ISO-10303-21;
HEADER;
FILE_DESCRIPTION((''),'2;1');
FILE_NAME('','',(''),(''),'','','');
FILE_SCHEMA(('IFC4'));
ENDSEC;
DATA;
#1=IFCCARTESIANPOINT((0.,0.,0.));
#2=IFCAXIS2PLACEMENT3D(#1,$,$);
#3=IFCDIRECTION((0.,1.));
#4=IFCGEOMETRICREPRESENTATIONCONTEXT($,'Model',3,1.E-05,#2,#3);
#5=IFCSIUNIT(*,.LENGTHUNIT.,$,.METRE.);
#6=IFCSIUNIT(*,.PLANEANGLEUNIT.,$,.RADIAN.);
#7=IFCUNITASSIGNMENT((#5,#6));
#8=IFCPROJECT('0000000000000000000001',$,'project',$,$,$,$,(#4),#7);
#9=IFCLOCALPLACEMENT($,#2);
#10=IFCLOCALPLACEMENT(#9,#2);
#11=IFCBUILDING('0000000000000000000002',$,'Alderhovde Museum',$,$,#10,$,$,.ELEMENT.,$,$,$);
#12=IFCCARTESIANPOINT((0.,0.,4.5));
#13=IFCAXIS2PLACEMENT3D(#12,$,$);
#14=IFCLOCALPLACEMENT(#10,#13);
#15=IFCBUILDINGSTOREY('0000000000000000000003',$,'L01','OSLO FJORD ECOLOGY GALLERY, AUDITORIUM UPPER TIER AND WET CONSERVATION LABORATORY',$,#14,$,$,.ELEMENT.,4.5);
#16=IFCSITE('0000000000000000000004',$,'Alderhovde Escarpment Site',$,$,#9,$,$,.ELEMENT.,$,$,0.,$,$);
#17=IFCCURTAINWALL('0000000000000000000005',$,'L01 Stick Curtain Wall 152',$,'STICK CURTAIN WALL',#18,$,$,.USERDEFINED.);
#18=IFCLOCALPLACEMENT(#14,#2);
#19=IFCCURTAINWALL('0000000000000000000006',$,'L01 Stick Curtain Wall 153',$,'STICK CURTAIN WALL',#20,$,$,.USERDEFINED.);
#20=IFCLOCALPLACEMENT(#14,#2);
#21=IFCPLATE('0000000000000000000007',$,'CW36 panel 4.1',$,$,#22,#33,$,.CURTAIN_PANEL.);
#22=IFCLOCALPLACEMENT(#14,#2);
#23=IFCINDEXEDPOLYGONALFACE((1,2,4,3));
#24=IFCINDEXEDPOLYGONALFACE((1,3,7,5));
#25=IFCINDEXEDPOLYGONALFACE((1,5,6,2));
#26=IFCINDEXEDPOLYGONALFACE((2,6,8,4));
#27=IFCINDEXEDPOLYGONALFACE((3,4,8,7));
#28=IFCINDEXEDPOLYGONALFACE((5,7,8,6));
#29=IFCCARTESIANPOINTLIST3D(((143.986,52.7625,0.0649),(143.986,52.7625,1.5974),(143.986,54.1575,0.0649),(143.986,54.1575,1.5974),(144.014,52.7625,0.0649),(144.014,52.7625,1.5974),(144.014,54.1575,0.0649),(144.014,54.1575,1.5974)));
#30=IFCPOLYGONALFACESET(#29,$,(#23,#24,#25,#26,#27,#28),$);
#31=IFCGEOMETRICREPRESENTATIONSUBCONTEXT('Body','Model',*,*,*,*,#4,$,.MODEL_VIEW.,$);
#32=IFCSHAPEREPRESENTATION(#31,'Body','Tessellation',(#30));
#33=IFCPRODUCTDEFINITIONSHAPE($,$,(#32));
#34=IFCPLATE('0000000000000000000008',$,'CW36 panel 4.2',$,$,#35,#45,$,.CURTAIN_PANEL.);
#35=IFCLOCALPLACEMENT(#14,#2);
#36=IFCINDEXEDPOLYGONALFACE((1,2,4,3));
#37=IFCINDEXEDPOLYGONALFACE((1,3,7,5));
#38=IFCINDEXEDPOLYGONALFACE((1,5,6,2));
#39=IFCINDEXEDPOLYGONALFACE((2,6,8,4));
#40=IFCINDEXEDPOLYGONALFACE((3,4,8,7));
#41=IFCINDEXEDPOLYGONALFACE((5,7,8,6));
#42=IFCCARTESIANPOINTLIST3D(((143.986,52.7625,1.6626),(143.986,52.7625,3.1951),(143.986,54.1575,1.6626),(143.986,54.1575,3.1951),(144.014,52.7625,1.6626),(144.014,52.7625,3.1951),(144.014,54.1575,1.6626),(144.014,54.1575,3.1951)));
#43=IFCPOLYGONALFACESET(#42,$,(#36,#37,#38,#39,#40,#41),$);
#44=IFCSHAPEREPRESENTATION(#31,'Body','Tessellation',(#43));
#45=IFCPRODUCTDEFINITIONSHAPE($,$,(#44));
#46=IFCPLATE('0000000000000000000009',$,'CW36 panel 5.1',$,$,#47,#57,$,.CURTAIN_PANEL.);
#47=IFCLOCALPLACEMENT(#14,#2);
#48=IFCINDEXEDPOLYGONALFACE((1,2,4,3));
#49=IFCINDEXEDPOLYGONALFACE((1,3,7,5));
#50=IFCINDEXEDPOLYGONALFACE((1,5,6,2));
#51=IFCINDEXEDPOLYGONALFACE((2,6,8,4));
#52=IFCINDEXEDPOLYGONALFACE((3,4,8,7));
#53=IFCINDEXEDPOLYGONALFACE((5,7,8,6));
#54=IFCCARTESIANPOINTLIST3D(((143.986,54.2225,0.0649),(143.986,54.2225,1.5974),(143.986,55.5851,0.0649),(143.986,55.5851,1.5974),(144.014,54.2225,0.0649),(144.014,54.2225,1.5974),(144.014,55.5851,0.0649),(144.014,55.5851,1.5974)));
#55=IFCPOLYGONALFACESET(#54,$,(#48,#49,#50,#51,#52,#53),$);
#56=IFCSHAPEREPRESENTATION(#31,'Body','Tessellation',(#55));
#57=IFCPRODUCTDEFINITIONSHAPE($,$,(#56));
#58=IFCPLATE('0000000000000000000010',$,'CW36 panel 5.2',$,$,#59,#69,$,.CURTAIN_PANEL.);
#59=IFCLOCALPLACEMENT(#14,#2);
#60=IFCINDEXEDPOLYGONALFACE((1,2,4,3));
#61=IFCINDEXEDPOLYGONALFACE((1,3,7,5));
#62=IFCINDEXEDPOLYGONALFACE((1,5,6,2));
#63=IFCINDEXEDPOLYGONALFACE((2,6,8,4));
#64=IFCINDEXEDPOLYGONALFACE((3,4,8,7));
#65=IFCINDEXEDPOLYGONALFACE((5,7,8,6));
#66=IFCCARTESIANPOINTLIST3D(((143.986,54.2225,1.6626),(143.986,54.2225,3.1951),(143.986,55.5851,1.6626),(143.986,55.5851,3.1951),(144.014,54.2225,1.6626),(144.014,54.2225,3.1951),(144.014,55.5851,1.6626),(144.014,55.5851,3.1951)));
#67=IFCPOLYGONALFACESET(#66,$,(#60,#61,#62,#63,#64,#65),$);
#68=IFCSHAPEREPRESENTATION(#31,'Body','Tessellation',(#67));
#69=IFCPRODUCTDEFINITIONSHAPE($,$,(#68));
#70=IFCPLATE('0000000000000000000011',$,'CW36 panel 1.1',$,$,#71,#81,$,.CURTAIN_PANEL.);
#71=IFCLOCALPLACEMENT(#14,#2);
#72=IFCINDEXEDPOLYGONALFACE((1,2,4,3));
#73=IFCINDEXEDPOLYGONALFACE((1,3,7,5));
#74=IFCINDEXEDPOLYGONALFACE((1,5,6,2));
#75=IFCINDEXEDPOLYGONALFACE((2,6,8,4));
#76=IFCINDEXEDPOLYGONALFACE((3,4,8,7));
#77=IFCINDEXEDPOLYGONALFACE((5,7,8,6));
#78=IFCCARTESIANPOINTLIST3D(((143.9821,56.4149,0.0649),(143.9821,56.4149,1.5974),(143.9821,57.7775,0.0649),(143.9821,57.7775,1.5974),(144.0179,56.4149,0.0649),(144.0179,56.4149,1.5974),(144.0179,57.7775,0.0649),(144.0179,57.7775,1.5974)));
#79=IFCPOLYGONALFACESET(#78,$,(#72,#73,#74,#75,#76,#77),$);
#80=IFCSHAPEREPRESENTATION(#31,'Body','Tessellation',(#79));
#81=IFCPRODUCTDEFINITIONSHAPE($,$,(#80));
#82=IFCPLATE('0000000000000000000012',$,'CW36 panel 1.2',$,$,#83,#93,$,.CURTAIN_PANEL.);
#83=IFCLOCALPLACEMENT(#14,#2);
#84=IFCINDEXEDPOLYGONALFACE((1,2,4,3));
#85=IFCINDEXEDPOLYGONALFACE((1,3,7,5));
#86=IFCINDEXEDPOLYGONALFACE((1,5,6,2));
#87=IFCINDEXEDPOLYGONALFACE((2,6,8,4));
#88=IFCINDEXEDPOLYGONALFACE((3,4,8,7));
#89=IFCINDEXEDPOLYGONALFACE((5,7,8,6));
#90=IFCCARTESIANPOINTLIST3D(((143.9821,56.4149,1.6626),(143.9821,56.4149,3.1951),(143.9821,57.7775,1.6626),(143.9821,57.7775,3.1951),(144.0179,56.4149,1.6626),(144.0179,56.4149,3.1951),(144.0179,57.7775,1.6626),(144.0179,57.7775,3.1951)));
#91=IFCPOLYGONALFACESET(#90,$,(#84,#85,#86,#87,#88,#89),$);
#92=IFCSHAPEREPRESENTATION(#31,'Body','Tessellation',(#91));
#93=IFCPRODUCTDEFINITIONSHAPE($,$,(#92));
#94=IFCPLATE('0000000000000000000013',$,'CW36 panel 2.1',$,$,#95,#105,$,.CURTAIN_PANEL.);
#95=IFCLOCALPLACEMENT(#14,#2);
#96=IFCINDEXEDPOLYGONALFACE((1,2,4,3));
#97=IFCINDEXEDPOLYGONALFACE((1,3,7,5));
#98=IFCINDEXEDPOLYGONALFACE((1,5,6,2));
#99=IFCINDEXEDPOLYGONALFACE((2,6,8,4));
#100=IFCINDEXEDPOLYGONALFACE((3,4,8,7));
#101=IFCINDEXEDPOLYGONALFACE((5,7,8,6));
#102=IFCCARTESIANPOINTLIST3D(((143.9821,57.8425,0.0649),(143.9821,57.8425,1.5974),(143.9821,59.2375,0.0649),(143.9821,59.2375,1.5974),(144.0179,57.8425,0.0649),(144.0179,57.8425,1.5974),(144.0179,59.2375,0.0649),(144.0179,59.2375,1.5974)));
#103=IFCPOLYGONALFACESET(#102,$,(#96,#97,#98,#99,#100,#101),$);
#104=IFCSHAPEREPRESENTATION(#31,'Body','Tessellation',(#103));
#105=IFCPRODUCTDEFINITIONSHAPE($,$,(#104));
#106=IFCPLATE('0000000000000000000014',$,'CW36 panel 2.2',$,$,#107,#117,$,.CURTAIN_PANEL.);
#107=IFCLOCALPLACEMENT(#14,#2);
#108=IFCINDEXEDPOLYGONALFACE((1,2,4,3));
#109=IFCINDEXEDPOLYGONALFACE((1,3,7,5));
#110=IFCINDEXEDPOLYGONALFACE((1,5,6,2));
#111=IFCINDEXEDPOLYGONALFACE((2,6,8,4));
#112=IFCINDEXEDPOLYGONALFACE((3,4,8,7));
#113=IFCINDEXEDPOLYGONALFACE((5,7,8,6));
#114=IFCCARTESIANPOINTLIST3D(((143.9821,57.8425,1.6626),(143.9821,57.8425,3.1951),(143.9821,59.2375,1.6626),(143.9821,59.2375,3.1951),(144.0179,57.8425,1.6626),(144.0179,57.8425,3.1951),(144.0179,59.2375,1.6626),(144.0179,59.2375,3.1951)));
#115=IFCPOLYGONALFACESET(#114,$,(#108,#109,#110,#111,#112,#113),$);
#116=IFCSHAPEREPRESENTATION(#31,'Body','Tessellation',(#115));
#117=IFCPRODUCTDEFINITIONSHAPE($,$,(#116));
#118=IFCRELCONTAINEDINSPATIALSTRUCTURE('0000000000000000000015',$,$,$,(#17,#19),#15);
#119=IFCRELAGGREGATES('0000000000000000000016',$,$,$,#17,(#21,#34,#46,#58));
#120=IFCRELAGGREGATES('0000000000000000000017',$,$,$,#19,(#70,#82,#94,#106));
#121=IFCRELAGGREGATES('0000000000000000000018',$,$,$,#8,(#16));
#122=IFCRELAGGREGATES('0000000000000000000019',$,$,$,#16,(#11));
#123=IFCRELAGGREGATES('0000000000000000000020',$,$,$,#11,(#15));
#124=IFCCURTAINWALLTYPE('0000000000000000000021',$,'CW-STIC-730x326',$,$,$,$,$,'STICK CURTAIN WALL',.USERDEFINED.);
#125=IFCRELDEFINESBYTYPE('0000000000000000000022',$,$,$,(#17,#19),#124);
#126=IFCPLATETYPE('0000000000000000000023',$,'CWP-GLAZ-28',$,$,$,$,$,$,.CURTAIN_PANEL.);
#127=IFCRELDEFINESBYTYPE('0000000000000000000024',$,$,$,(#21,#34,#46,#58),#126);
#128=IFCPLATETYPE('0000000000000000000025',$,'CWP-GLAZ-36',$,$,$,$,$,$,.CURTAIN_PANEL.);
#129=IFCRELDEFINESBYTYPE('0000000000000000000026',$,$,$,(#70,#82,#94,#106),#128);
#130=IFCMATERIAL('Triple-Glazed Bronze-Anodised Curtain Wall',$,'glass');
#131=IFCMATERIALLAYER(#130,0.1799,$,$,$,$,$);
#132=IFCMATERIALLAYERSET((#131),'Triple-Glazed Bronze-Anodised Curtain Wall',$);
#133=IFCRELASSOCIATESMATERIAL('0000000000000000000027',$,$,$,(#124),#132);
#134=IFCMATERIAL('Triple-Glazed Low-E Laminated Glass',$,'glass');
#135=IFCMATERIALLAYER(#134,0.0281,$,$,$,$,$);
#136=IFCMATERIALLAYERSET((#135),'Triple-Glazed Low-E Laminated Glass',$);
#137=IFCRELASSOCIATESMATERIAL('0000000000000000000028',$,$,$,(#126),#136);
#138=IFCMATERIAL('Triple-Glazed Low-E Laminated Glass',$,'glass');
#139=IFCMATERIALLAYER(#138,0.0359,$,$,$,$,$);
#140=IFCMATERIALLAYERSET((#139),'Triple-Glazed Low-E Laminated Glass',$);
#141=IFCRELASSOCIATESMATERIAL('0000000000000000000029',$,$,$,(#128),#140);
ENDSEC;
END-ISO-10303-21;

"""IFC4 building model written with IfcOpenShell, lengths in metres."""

from ifc_helpers import new_model, si_unit, direction, frame, origin, origin_2d, place, context, subcontext, project, spatial, rectangle, extrude, material, layer, layer_set, type_object, element, aggregate, save


model = new_model("IFC4")

# Units and contexts
model_context = context("Model", 3, precision=1e-05, world=origin(), true_north=direction((0.0, 1.0)))
body_context = subcontext(model_context, "Body", "Model", "MODEL_VIEW")
ifc_project = project(units=[si_unit("LENGTHUNIT", "METRE"), si_unit("PLANEANGLEUNIT", "RADIAN")], contexts=[model_context])

# Site, building, storey
site_placement = place(None, origin())
site = spatial("IfcSite", under=ifc_project, at=site_placement, Name="Alderhovde Escarpment Site", CompositionType="ELEMENT", RefElevation=0.0)
building_placement = place(site_placement, origin())
building = spatial("IfcBuilding", under=site, at=building_placement, Name="Alderhovde Museum", CompositionType="ELEMENT")
storey_placement = place(building_placement, frame((0.0, 0.0, 4.5)))
storey = spatial("IfcBuildingStorey", under=building, at=storey_placement, Name="L01", Description="OSLO FJORD ECOLOGY GALLERY, AUDITORIUM UPPER TIER AND WET CONSERVATION LABORATORY", CompositionType="ELEMENT", Elevation=4.5)

# Curtain walls
ifc_material_1 = material(Name="Triple-Glazed Bronze-Anodised Curtain Wall", Category="glass")
ifc_layer_1 = layer(ifc_material_1, 0.1799)
ifc_layer_set_1 = layer_set([ifc_layer_1], Name="Triple-Glazed Bronze-Anodised Curtain Wall")
curtain_wall_type = type_object("IfcCurtainWallType", Name="CW-STIC-730x326", ElementType="STICK CURTAIN WALL", PredefinedType="USERDEFINED", material=ifc_layer_set_1)
curtain_wall_1_placement = place(storey_placement, origin())
curtain_wall_1 = element("IfcCurtainWall", 1, at=curtain_wall_1_placement, inside=storey, type_object=curtain_wall_type, Name="L01 Stick Curtain Wall 152", ObjectType="STICK CURTAIN WALL", PredefinedType="USERDEFINED")
curtain_wall_2_placement = place(storey_placement, origin())
curtain_wall_2 = element("IfcCurtainWall", 2, at=curtain_wall_2_placement, inside=storey, type_object=curtain_wall_type, Name="L01 Stick Curtain Wall 153", ObjectType="STICK CURTAIN WALL", PredefinedType="USERDEFINED")

# Plates
ifc_material_2 = material(Name="Triple-Glazed Low-E Laminated Glass", Category="glass")
ifc_layer_2 = layer(ifc_material_2, 0.0281)
ifc_layer_set_2 = layer_set([ifc_layer_2], Name="Triple-Glazed Low-E Laminated Glass")
plate_type_1 = type_object("IfcPlateType", Name="CWP-GLAZ-28", PredefinedType="CURTAIN_PANEL", material=ifc_layer_set_2)
plate_1_placement = place(storey_placement, frame((144.0, 53.46, 0.0649), z_axis=(0.0, 0.0, 1.0), x_axis=(0.0, 1.0, 0.0)))
plate_1 = element("IfcPlate", 3, at=plate_1_placement, type_object=plate_type_1, Name="CW36 panel 4.1", PredefinedType="CURTAIN_PANEL", context=body_context, shape_type="SweptSolid", body=[
    extrude(rectangle(XDim=1.395, YDim=0.0281, at=origin_2d()), origin(), (0.0, 0.0, 1.0), 1.5325),
])
plate_2_placement = place(storey_placement, frame((144.0, 53.46, 1.6626), z_axis=(0.0, 0.0, 1.0), x_axis=(0.0, 1.0, 0.0)))
plate_2 = element("IfcPlate", 4, at=plate_2_placement, type_object=plate_type_1, Name="CW36 panel 4.2", PredefinedType="CURTAIN_PANEL", context=body_context, shape_type="SweptSolid", body=[
    extrude(rectangle(XDim=1.395, YDim=0.0281, at=origin_2d()), origin(), (0.0, 0.0, 1.0), 1.5325),
])
plate_3_placement = place(storey_placement, frame((144.0, 54.9038, 0.0649), z_axis=(0.0, 0.0, 1.0), x_axis=(0.0, 1.0, 0.0)))
plate_3 = element("IfcPlate", 5, at=plate_3_placement, type_object=plate_type_1, Name="CW36 panel 5.1", PredefinedType="CURTAIN_PANEL", context=body_context, shape_type="SweptSolid", body=[
    extrude(rectangle(XDim=1.3625, YDim=0.0281, at=origin_2d()), origin(), (0.0, 0.0, 1.0), 1.5325),
])
plate_4_placement = place(storey_placement, frame((144.0, 54.9038, 1.6626), z_axis=(0.0, 0.0, 1.0), x_axis=(0.0, 1.0, 0.0)))
plate_4 = element("IfcPlate", 6, at=plate_4_placement, type_object=plate_type_1, Name="CW36 panel 5.2", PredefinedType="CURTAIN_PANEL", context=body_context, shape_type="SweptSolid", body=[
    extrude(rectangle(XDim=1.3625, YDim=0.0281, at=origin_2d()), origin(), (0.0, 0.0, 1.0), 1.5325),
])
aggregate(curtain_wall_1, [plate_1, plate_2, plate_3, plate_4])
ifc_material_3 = material(Name="Triple-Glazed Low-E Laminated Glass", Category="glass")
ifc_layer_3 = layer(ifc_material_3, 0.0359)
ifc_layer_set_3 = layer_set([ifc_layer_3], Name="Triple-Glazed Low-E Laminated Glass")
plate_type_2 = type_object("IfcPlateType", Name="CWP-GLAZ-36", PredefinedType="CURTAIN_PANEL", material=ifc_layer_set_3)
plate_5_placement = place(storey_placement, frame((144.0, 57.0962, 0.0649), z_axis=(0.0, 0.0, 1.0), x_axis=(0.0, 1.0, 0.0)))
plate_5 = element("IfcPlate", 7, at=plate_5_placement, type_object=plate_type_2, Name="CW36 panel 1.1", PredefinedType="CURTAIN_PANEL", context=body_context, shape_type="SweptSolid", body=[
    extrude(rectangle(XDim=1.3625, YDim=0.0359, at=origin_2d()), origin(), (0.0, 0.0, 1.0), 1.5325),
])
plate_6_placement = place(storey_placement, frame((144.0, 57.0962, 1.6626), z_axis=(0.0, 0.0, 1.0), x_axis=(0.0, 1.0, 0.0)))
plate_6 = element("IfcPlate", 8, at=plate_6_placement, type_object=plate_type_2, Name="CW36 panel 1.2", PredefinedType="CURTAIN_PANEL", context=body_context, shape_type="SweptSolid", body=[
    extrude(rectangle(XDim=1.3625, YDim=0.0359, at=origin_2d()), origin(), (0.0, 0.0, 1.0), 1.5325),
])
plate_7_placement = place(storey_placement, frame((144.0, 58.54, 0.0649), z_axis=(0.0, 0.0, 1.0), x_axis=(0.0, 1.0, 0.0)))
plate_7 = element("IfcPlate", 9, at=plate_7_placement, type_object=plate_type_2, Name="CW36 panel 2.1", PredefinedType="CURTAIN_PANEL", context=body_context, shape_type="SweptSolid", body=[
    extrude(rectangle(XDim=1.395, YDim=0.0359, at=origin_2d()), origin(), (0.0, 0.0, 1.0), 1.5325),
])
plate_8_placement = place(storey_placement, frame((144.0, 58.54, 1.6626), z_axis=(0.0, 0.0, 1.0), x_axis=(0.0, 1.0, 0.0)))
plate_8 = element("IfcPlate", 10, at=plate_8_placement, type_object=plate_type_2, Name="CW36 panel 2.2", PredefinedType="CURTAIN_PANEL", context=body_context, shape_type="SweptSolid", body=[
    extrude(rectangle(XDim=1.395, YDim=0.0359, at=origin_2d()), origin(), (0.0, 0.0, 1.0), 1.5325),
])
aggregate(curtain_wall_2, [plate_5, plate_6, plate_7, plate_8])

save(model, "model.ifc")
